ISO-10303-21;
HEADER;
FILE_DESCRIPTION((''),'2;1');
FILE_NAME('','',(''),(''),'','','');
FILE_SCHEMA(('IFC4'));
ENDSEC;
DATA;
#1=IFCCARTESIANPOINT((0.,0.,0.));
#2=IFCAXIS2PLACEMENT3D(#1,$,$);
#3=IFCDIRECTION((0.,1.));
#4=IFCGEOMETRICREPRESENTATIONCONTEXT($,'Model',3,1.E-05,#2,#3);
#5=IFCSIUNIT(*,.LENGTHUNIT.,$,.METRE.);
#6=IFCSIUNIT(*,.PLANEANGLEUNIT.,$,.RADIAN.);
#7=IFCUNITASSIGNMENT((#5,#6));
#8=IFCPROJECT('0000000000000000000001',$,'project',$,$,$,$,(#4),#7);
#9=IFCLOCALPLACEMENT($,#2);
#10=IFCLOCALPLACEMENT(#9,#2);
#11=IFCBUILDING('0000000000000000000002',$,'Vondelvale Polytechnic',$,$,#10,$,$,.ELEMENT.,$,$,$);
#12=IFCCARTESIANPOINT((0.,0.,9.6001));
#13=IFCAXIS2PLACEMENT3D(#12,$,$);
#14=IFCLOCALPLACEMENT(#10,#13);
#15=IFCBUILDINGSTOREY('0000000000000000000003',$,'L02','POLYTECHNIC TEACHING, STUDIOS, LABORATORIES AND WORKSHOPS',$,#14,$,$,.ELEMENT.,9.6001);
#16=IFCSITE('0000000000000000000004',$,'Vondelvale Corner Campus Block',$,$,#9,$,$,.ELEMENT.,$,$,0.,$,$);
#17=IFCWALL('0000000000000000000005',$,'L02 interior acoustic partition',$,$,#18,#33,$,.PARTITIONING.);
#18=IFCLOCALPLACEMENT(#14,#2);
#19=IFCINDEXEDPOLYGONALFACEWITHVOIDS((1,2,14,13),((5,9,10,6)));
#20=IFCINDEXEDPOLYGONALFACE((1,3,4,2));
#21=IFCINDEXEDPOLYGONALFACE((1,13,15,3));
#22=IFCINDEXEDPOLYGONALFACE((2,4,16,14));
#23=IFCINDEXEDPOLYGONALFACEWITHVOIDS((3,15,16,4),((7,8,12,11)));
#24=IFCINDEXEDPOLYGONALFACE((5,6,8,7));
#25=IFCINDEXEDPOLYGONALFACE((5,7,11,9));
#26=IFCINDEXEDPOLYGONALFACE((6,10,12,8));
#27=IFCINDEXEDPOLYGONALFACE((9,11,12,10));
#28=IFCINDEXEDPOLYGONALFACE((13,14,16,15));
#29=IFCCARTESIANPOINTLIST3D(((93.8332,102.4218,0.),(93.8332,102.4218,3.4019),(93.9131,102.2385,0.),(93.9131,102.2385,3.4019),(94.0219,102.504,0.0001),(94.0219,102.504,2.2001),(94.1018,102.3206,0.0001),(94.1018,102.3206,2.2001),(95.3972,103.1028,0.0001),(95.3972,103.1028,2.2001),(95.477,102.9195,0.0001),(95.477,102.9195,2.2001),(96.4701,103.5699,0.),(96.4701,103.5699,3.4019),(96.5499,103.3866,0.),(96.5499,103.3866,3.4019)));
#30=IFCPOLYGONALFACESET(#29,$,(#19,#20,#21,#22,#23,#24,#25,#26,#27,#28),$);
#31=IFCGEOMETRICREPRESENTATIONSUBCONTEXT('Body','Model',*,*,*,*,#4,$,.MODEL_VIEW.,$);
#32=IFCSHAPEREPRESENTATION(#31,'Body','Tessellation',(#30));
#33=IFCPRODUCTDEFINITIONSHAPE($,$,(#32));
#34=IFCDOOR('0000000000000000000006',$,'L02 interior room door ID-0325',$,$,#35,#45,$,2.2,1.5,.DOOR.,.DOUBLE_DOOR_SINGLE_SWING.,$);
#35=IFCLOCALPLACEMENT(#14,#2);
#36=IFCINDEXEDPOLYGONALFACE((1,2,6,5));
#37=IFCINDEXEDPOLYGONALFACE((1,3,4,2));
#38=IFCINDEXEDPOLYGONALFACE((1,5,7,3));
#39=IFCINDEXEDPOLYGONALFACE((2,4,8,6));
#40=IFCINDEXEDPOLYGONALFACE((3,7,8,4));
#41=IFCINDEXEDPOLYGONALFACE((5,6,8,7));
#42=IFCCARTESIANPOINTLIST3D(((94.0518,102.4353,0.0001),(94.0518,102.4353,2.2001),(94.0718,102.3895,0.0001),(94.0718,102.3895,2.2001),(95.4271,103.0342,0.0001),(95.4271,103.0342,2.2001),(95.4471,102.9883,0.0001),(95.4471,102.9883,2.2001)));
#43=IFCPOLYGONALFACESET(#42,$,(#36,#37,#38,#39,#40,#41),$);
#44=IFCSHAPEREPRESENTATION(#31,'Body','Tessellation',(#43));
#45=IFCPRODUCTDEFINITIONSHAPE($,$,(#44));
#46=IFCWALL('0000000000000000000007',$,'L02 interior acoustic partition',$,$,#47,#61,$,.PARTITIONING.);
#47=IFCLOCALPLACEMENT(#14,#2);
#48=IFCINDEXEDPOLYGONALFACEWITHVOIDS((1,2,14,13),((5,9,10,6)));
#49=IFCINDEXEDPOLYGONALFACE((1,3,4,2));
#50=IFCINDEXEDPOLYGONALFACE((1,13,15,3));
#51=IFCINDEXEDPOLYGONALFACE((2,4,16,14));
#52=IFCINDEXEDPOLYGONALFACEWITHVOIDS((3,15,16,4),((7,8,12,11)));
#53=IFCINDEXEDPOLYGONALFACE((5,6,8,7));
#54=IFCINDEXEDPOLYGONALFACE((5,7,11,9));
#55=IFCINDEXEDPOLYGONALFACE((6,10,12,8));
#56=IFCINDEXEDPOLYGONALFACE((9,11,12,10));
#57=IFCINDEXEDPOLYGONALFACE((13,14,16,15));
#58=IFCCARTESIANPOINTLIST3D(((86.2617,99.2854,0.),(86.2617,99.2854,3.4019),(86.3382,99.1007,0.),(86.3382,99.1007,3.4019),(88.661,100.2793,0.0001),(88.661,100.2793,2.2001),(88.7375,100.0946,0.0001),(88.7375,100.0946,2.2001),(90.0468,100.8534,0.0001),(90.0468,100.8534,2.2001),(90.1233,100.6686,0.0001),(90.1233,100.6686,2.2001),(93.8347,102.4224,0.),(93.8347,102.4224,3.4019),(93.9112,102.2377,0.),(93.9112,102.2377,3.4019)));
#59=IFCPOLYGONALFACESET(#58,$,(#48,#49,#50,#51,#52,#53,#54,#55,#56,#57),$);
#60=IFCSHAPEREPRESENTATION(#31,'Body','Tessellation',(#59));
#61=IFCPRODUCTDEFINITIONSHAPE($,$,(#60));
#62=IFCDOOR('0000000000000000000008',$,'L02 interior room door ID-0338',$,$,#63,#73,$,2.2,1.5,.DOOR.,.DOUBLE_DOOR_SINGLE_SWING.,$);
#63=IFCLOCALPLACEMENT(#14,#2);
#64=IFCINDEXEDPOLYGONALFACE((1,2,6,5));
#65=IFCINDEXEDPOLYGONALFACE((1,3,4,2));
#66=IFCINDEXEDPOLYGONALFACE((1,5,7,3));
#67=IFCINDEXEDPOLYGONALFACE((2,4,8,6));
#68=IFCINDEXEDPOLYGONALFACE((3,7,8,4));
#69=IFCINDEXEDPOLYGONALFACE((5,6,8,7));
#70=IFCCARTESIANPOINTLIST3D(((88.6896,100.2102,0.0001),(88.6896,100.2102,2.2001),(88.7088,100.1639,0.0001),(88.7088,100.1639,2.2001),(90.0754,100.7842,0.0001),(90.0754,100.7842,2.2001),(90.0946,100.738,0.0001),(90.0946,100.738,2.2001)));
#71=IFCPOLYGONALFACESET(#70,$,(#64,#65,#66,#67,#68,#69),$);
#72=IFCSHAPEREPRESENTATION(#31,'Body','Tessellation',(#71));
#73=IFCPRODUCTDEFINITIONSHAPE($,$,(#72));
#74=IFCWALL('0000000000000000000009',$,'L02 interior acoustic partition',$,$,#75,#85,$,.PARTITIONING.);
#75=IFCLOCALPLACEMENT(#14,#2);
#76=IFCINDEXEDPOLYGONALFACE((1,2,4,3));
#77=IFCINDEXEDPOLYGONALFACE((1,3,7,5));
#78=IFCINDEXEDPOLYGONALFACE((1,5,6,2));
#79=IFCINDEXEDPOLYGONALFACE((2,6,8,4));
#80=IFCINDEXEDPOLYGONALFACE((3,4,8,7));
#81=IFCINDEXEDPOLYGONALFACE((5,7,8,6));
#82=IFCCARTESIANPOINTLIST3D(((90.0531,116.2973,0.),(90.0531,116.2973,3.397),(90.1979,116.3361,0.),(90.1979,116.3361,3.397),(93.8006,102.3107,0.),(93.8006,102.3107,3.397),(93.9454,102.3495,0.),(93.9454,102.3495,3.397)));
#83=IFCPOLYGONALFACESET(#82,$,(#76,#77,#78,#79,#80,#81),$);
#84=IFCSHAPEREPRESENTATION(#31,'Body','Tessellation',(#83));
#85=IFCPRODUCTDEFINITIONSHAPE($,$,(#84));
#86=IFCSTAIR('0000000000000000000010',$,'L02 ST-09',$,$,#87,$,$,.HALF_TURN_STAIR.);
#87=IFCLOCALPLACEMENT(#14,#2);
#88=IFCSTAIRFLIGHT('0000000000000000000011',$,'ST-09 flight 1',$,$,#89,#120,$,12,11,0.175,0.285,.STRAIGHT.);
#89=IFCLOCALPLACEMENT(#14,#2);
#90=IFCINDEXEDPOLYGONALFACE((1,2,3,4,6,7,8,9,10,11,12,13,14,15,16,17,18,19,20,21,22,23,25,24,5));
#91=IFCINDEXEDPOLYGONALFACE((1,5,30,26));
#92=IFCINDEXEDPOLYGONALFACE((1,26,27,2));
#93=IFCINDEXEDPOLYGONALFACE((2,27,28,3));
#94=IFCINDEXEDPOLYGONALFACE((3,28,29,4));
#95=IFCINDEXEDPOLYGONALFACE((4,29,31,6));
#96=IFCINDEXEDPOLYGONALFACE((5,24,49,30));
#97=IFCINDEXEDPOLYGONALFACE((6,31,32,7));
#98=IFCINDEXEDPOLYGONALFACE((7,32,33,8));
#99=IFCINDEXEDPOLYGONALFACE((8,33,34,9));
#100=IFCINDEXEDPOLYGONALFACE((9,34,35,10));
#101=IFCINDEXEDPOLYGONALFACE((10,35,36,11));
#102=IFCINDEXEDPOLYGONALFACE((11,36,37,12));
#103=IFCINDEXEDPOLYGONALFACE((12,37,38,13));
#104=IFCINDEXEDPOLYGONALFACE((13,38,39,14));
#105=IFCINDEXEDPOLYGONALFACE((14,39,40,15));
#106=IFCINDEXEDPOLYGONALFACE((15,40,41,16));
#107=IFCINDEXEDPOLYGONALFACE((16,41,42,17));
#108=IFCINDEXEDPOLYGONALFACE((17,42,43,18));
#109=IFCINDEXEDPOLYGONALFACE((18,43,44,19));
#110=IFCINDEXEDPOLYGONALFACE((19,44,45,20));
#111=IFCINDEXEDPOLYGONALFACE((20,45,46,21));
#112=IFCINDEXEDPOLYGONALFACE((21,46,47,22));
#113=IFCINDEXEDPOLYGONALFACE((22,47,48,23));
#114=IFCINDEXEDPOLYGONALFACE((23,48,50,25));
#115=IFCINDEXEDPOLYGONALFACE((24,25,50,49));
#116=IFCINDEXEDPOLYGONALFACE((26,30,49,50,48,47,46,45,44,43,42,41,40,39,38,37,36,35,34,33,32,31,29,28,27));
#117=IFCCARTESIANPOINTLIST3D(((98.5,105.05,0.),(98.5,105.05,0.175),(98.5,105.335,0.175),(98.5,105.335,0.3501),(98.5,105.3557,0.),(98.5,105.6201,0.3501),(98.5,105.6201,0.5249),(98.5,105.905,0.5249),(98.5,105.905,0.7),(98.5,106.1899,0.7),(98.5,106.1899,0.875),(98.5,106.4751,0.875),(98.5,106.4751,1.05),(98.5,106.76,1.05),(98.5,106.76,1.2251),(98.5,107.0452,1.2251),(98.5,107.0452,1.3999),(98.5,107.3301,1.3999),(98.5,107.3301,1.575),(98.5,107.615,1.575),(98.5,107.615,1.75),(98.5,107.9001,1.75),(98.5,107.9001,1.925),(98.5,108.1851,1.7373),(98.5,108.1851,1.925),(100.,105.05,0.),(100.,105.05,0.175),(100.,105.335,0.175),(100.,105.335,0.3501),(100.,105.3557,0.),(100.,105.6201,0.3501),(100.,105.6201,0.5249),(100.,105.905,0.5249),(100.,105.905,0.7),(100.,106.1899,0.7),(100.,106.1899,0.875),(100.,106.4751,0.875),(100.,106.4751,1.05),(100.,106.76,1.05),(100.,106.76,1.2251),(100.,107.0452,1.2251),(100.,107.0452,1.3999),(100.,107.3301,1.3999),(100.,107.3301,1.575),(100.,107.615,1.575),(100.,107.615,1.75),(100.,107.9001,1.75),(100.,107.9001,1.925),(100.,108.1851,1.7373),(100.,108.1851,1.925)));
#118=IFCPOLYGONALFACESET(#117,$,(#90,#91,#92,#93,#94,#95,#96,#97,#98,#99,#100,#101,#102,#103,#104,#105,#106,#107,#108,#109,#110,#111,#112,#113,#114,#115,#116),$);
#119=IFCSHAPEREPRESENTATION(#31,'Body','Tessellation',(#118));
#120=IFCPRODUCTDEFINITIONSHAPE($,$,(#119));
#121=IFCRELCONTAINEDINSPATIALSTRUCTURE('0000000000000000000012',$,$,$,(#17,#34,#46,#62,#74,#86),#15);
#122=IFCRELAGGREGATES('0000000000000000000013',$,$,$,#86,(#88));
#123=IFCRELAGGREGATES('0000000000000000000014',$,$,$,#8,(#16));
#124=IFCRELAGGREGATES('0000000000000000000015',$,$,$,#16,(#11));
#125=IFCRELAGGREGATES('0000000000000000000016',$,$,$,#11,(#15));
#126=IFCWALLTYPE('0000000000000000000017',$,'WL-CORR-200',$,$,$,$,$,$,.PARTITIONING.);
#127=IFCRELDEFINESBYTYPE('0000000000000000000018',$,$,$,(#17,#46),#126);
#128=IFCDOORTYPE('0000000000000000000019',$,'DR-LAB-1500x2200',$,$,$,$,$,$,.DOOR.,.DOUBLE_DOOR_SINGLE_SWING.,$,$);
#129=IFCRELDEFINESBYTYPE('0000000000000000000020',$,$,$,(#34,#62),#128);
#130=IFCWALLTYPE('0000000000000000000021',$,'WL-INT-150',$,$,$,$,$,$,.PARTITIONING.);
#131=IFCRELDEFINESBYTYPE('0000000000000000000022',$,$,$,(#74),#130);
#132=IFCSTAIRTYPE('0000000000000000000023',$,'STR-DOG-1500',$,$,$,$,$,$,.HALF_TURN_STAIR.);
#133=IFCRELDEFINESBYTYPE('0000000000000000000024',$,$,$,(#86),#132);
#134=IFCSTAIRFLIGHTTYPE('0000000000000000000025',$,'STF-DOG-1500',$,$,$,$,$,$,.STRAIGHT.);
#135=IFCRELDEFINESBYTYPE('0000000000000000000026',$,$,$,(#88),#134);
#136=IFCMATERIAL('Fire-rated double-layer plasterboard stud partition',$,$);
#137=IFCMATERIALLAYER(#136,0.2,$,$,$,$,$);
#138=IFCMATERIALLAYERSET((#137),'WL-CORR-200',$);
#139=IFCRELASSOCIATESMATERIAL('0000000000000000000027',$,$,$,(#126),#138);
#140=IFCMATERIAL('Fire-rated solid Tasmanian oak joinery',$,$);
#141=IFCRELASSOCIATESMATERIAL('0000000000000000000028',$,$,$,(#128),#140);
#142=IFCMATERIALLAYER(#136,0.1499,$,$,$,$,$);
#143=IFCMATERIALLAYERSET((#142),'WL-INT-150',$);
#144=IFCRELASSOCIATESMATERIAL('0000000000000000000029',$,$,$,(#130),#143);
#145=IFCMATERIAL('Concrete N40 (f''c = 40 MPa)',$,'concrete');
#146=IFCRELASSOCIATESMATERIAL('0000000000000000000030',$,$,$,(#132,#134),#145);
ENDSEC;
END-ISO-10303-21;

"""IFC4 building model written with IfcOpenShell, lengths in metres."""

from ifc_helpers import new_model, si_unit, direction, frame, frame_2d, origin, place, context, subcontext, project, spatial, polyline, rectangle, outline, extrude, material, layer, layer_set, type_object, element, fill, aggregate, save


model = new_model("IFC4")

# Units and contexts
model_context = context("Model", 3, precision=1e-05, world=origin(), true_north=direction((0.0, 1.0)))
body_context = subcontext(model_context, "Body", "Model", "MODEL_VIEW")
ifc_project = project(units=[si_unit("LENGTHUNIT", "METRE"), si_unit("PLANEANGLEUNIT", "RADIAN")], contexts=[model_context])

# Site, building, storey
site_placement = place(None, origin())
site = spatial("IfcSite", under=ifc_project, at=site_placement, Name="Vondelvale Corner Campus Block", CompositionType="ELEMENT", RefElevation=0.0)
building_placement = place(site_placement, origin())
building = spatial("IfcBuilding", under=site, at=building_placement, Name="Vondelvale Polytechnic", CompositionType="ELEMENT")
storey_placement = place(building_placement, frame((0.0, 0.0, 9.6001)))
storey = spatial("IfcBuildingStorey", under=building, at=storey_placement, Name="L02", Description="POLYTECHNIC TEACHING, STUDIOS, LABORATORIES AND WORKSHOPS", CompositionType="ELEMENT", Elevation=9.6001)

# Shared definitions
ifc_material_1 = material(Name="Concrete N40 (f'c = 40 MPa)", Category="concrete")

# Walls, openings, doors
ifc_material_2 = material(Name="Fire-rated double-layer plasterboard stud partition")
ifc_layer_1 = layer(ifc_material_2, 0.2)
ifc_layer_set_1 = layer_set([ifc_layer_1], Name="WL-CORR-200")
wall_type_1 = type_object("IfcWallType", Name="WL-CORR-200", PredefinedType="PARTITIONING", material=ifc_layer_set_1)
wall_1_placement = place(storey_placement, frame((96.51, 103.4783, 0.0), z_axis=(0.0, 0.0, 1.0), x_axis=(-0.916855, -0.39922, 0.0)))
wall_1 = element("IfcWall", 1, at=wall_1_placement, inside=storey, type_object=wall_type_1, Name="L02 interior acoustic partition", PredefinedType="PARTITIONING", context=body_context, shape_type="SweptSolid", body=[
    extrude(rectangle(XDim=2.876, YDim=0.2, at=frame_2d((1.438, 0.0))), origin(), (0.0, 0.0, 1.0), 3.4019),
])
opening_1_placement = place(wall_1_placement, frame((1.1702, 0.0, 0.0)))
opening_1 = element("IfcOpeningElement", 2, at=opening_1_placement, cuts=wall_1, PredefinedType="OPENING", context=body_context, shape_type="SweptSolid", body=[
    extrude(rectangle(XDim=1.5, YDim=2.2, at=frame_2d((0.75, 1.1001))), frame((0.0, 0.1099, 0.0), z_axis=(0.0, -1.0, 0.0), x_axis=(1.0, 0.0, 0.0)), (0.0, 0.0, 1.0), 0.22),
])
ifc_material_3 = material(Name="Fire-rated solid Tasmanian oak joinery")
door_type_1 = type_object("IfcDoorType", Name="DR-LAB-1500x2200", OperationType="DOUBLE_DOOR_SINGLE_SWING", PredefinedType="DOOR", material=ifc_material_3)
door_1_placement = place(opening_1_placement, origin())
door_1 = element("IfcDoor", 3, at=door_1_placement, inside=storey, type_object=door_type_1, Name="L02 interior room door ID-0325", OperationType="DOUBLE_DOOR_SINGLE_SWING", OverallHeight=2.2, OverallWidth=1.5, PredefinedType="DOOR", context=body_context, shape_type="SweptSolid", body=[
    extrude(rectangle(XDim=1.5, YDim=2.2, at=frame_2d((0.75, 1.1001))), frame((0.0, 0.0249, 0.0), z_axis=(0.0, -1.0, 0.0), x_axis=(1.0, 0.0, 0.0)), (0.0, 0.0, 1.0), 0.05),
])
fill(opening_1, door_1)
wall_2_placement = place(storey_placement, frame((93.873, 102.3301, 0.0), z_axis=(0.0, 0.0, 1.0), x_axis=(-0.923874, -0.382696, 0.0)))
wall_2 = element("IfcWall", 4, at=wall_2_placement, inside=storey, type_object=wall_type_1, Name="L02 interior acoustic partition", PredefinedType="PARTITIONING", context=body_context, shape_type="SweptSolid", body=[
    extrude(rectangle(XDim=8.197, YDim=0.2, at=frame_2d((4.0986, 0.0))), origin(), (0.0, 0.0, 1.0), 3.4019),
])
opening_2_placement = place(wall_2_placement, frame((4.1001, 0.0, 0.0)))
opening_2 = element("IfcOpeningElement", 5, at=opening_2_placement, cuts=wall_2, PredefinedType="OPENING", context=body_context, shape_type="SweptSolid", body=[
    extrude(rectangle(XDim=1.5, YDim=2.2, at=frame_2d((0.75, 1.1001))), frame((0.0, 0.1099, 0.0), z_axis=(0.0, -1.0, 0.0), x_axis=(1.0, 0.0, 0.0)), (0.0, 0.0, 1.0), 0.22),
])
door_2_placement = place(opening_2_placement, origin())
door_2 = element("IfcDoor", 6, at=door_2_placement, inside=storey, type_object=door_type_1, Name="L02 interior room door ID-0338", OperationType="DOUBLE_DOOR_SINGLE_SWING", OverallHeight=2.2, OverallWidth=1.5, PredefinedType="DOOR", context=body_context, shape_type="SweptSolid", body=[
    extrude(rectangle(XDim=1.5, YDim=2.2, at=frame_2d((0.75, 1.1001))), frame((0.0, 0.0249, 0.0), z_axis=(0.0, -1.0, 0.0), x_axis=(1.0, 0.0, 0.0)), (0.0, 0.0, 1.0), 0.05),
])
fill(opening_2, door_2)

# Wall
ifc_layer_2 = layer(ifc_material_2, 0.1499)
ifc_layer_set_2 = layer_set([ifc_layer_2], Name="WL-INT-150")
wall_type_2 = type_object("IfcWallType", Name="WL-INT-150", PredefinedType="PARTITIONING", material=ifc_layer_set_2)
wall_3_placement = place(storey_placement, frame((93.873, 102.3301, 0.0), z_axis=(0.0, 0.0, 1.0), x_axis=(-0.258811, 0.965928, 0.0)))
element("IfcWall", 7, at=wall_3_placement, inside=storey, type_object=wall_type_2, Name="L02 interior acoustic partition", PredefinedType="PARTITIONING", context=body_context, shape_type="SweptSolid", body=[
    extrude(rectangle(XDim=14.48, YDim=0.1499, at=frame_2d((7.24, 0.0))), origin(), (0.0, 0.0, 1.0), 3.397),
])

# Stair, stair flight
stair_type = type_object("IfcStairType", Name="STR-DOG-1500", PredefinedType="HALF_TURN_STAIR", material=ifc_material_1)
stair_placement = place(storey_placement, origin())
stair = element("IfcStair", 8, at=stair_placement, inside=storey, type_object=stair_type, Name="L02 ST-09", PredefinedType="HALF_TURN_STAIR")
stair_flight_type = type_object("IfcStairFlightType", Name="STF-DOG-1500", PredefinedType="STRAIGHT", material=ifc_material_1)
stair_flight_placement = place(storey_placement, frame((99.25, 105.05, 0.0), z_axis=(0.0, 0.0, 1.0), x_axis=(0.0, 1.0, 0.0)))
stair_flight = element("IfcStairFlight", 9, at=stair_flight_placement, type_object=stair_flight_type, Name="ST-09 flight 1", NumberOfRisers=12, NumberOfTreads=11, PredefinedType="STRAIGHT", RiserHeight=0.175, TreadLength=0.285, context=body_context, shape_type="SweptSolid", body=[
    extrude(outline(polyline([(0.0, 0.0), (0.0, 0.175), (0.2849, 0.175), (0.2849, 0.3501), (0.5701, 0.3501), (0.5701, 0.5249), (0.855, 0.5249), (0.855, 0.7), (1.1399, 0.7), (1.1399, 0.875), (1.425, 0.875), (1.425, 1.05), (1.71, 1.05), (1.71, 1.2251), (1.9951, 1.2251), (1.9951, 1.3999), (2.28, 1.3999), (2.28, 1.575), (2.5649, 1.575), (2.5649, 1.75), (2.8501, 1.75), (2.8501, 1.925), (3.135, 1.925), (3.135, 2.1001), (3.135, 1.7373), (0.3057, 0.0), (0.0, 0.0)])), frame((0.0, 0.75, 0.0), z_axis=(0.0, -1.0, 0.0), x_axis=(1.0, 0.0, 0.0)), (0.0, 0.0, 1.0), 1.5),
])
aggregate(stair, [stair_flight])

save(model, "model.ifc")
